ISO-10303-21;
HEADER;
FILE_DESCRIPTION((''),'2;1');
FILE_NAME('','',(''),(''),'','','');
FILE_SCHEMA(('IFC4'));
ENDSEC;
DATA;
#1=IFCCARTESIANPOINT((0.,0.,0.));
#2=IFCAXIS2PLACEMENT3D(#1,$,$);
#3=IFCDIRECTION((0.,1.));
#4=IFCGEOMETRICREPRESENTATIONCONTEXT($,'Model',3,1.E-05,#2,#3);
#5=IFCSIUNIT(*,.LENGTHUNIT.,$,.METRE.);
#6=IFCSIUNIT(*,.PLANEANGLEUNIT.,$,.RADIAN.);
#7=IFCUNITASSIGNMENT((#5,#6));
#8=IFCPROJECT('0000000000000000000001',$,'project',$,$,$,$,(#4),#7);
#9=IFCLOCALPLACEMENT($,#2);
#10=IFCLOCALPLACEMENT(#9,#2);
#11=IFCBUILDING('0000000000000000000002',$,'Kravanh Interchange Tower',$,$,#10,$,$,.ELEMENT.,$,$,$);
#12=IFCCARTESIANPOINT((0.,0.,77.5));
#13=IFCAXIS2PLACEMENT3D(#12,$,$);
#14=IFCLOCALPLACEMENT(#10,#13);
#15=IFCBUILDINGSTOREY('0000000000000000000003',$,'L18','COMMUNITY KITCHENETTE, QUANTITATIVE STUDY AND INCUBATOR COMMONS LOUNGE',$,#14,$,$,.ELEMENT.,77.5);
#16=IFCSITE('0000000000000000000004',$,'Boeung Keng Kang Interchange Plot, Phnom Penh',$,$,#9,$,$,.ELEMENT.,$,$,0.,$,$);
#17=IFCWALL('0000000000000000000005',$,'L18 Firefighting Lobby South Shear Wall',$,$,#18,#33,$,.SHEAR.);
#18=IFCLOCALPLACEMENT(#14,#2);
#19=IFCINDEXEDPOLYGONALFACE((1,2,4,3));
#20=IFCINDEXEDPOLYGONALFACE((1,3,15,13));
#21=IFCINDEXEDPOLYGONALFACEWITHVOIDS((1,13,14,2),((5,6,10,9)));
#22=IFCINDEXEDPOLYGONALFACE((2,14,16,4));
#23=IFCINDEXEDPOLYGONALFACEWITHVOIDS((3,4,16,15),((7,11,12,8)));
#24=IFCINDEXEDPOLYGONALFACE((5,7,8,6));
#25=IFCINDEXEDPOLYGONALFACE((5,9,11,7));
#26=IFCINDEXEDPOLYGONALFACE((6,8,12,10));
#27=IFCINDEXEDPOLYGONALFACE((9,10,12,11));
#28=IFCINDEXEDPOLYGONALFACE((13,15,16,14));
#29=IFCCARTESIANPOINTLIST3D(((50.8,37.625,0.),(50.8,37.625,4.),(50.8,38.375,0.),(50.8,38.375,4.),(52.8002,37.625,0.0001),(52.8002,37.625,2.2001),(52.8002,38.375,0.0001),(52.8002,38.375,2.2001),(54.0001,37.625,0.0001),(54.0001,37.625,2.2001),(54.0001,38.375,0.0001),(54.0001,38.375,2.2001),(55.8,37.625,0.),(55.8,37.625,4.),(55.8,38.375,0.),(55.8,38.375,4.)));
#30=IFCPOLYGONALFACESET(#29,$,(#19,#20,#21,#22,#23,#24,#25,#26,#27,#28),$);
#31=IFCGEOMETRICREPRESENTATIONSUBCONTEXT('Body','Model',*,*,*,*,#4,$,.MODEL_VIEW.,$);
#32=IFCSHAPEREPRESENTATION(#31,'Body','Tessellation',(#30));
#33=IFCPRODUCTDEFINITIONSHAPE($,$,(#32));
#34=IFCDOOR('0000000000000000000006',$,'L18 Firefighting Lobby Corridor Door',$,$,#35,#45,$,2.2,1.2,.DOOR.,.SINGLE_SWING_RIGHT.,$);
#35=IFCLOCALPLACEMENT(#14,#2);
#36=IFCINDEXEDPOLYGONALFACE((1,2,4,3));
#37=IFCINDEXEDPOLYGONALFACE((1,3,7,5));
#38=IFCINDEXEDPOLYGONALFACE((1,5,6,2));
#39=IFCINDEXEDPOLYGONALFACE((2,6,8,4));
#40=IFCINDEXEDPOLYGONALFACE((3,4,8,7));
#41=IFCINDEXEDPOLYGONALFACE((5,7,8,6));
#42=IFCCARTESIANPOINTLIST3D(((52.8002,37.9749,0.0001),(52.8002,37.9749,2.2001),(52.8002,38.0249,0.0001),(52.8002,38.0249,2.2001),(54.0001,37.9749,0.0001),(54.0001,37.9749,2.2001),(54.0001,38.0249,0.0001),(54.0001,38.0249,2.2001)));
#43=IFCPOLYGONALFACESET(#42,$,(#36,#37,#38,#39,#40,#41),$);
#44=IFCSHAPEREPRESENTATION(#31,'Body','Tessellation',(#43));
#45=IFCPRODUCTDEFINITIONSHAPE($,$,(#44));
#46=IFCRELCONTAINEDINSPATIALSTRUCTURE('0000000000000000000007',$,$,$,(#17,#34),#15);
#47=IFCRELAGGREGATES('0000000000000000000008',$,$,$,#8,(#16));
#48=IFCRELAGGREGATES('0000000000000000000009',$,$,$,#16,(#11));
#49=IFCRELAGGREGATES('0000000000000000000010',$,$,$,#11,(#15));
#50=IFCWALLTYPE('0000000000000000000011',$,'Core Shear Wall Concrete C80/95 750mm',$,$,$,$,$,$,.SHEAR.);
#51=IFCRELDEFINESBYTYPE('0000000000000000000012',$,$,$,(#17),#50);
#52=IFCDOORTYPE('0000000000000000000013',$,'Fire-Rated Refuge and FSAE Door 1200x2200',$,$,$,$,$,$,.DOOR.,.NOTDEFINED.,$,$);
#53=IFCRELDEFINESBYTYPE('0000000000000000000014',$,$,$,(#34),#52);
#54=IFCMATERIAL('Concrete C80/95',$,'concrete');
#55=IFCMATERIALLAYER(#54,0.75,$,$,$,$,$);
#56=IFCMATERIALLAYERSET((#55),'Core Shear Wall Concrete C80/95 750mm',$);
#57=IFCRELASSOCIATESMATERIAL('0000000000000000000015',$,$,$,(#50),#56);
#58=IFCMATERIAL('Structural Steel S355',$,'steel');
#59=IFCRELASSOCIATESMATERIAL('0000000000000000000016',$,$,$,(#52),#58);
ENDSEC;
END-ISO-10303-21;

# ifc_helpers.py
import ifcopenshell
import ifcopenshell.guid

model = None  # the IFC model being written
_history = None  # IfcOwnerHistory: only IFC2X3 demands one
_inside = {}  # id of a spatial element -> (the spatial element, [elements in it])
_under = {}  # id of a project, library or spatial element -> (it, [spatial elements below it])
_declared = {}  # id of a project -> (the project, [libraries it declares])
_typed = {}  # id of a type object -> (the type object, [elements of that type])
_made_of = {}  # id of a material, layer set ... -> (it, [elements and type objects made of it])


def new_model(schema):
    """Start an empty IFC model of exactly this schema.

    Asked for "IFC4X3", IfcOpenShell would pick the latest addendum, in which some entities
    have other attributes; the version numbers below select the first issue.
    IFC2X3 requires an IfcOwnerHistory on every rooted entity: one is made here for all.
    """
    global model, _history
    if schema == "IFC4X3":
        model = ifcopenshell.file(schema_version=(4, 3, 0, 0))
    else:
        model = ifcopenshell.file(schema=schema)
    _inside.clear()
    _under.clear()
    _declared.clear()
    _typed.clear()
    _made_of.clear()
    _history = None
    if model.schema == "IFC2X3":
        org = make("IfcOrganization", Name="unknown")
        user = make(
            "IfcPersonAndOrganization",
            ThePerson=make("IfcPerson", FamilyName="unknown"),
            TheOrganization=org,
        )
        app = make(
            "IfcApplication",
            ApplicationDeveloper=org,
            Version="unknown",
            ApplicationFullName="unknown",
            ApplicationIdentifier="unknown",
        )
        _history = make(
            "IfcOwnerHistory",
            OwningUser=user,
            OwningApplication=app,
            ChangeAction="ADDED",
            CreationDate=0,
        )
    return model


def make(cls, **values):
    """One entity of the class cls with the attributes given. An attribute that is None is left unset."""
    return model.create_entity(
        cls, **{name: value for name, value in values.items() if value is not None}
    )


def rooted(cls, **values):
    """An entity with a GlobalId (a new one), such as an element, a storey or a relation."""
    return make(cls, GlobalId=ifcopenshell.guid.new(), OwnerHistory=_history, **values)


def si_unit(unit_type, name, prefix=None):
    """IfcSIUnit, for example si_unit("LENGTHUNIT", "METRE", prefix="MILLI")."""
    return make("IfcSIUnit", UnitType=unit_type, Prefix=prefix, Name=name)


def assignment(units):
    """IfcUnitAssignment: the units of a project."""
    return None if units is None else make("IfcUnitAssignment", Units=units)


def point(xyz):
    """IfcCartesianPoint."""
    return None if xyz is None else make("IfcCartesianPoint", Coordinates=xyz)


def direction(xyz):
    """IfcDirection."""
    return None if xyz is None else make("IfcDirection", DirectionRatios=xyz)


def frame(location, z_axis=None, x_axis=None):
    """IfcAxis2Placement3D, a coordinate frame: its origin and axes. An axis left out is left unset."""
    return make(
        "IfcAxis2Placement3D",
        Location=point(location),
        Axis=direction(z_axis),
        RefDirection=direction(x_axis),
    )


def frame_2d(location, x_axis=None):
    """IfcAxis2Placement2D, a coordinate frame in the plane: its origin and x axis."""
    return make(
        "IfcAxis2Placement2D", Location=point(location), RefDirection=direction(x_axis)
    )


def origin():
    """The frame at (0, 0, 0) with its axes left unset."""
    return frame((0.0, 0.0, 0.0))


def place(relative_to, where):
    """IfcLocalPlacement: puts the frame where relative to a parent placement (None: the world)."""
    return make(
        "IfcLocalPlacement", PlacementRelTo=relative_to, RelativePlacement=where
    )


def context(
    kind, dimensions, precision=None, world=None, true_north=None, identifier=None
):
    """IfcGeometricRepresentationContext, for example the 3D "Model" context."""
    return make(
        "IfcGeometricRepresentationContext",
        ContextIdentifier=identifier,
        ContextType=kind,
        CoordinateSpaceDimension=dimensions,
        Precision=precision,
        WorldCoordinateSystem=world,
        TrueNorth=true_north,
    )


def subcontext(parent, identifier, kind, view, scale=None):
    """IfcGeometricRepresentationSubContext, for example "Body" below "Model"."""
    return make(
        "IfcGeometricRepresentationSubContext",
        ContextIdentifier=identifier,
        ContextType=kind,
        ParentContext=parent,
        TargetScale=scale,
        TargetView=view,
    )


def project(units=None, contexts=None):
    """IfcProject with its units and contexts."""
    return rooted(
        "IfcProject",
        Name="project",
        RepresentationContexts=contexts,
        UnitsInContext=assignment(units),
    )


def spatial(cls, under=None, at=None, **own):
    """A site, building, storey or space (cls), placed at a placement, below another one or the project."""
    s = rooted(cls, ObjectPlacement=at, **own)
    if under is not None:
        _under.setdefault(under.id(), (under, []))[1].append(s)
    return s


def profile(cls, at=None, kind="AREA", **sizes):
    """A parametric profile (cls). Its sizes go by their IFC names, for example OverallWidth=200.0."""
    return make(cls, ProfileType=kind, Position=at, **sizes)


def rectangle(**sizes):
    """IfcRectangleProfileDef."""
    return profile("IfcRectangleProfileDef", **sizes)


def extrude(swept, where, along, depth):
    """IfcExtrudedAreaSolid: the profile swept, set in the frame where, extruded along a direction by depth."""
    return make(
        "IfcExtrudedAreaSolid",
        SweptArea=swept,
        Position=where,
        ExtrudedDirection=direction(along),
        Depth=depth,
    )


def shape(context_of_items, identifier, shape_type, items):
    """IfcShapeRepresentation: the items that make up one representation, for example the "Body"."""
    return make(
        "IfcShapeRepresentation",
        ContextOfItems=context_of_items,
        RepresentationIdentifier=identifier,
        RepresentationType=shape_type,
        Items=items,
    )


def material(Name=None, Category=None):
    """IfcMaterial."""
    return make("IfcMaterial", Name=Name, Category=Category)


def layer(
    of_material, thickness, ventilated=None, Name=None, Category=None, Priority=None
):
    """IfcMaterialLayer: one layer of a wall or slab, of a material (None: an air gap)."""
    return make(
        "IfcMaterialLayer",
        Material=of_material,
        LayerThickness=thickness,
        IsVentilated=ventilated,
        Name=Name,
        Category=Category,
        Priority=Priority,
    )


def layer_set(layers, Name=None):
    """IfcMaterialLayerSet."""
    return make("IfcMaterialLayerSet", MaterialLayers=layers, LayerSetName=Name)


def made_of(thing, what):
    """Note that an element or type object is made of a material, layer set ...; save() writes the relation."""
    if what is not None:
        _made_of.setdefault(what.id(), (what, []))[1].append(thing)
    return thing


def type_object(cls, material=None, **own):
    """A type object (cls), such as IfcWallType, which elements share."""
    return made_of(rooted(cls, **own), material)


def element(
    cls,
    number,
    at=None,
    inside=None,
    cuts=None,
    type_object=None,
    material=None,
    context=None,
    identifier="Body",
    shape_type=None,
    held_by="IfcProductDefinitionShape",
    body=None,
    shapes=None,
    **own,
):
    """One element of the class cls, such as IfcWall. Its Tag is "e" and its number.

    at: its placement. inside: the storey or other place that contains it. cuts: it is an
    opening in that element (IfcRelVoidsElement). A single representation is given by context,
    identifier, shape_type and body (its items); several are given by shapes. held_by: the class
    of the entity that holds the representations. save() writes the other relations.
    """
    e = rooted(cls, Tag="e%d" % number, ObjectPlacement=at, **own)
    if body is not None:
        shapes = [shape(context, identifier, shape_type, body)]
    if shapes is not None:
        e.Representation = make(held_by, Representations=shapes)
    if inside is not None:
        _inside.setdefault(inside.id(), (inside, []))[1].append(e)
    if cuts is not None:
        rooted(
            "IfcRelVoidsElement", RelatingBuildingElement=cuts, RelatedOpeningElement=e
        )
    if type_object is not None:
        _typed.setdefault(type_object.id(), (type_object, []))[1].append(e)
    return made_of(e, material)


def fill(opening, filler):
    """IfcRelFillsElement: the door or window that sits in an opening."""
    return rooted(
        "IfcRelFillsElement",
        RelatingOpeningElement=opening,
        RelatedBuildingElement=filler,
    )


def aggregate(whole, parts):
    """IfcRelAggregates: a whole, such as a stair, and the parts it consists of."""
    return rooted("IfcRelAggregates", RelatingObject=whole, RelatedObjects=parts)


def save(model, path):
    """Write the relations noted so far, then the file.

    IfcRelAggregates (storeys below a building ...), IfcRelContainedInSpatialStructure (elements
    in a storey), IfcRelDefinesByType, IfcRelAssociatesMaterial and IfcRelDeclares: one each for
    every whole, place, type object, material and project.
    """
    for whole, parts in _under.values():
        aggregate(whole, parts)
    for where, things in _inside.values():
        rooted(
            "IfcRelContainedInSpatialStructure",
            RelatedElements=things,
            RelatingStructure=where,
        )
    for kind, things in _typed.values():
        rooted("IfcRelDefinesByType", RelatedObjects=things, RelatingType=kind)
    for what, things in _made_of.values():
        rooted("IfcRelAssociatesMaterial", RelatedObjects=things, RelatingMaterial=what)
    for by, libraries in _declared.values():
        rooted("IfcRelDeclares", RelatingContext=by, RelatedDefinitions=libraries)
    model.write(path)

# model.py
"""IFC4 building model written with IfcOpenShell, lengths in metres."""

from ifc_helpers import new_model, si_unit, direction, frame, frame_2d, origin, place, context, subcontext, project, spatial, rectangle, extrude, material, layer, layer_set, type_object, element, fill, save


model = new_model("IFC4")

# Units and contexts
model_context = context("Model", 3, precision=1e-05, world=origin(), true_north=direction((0.0, 1.0)))
body_context = subcontext(model_context, "Body", "Model", "MODEL_VIEW")
ifc_project = project(units=[si_unit("LENGTHUNIT", "METRE"), si_unit("PLANEANGLEUNIT", "RADIAN")], contexts=[model_context])

# Site, building, storey
site_placement = place(None, origin())
site = spatial("IfcSite", under=ifc_project, at=site_placement, Name="Boeung Keng Kang Interchange Plot, Phnom Penh", CompositionType="ELEMENT", RefElevation=0.0)
building_placement = place(site_placement, origin())
building = spatial("IfcBuilding", under=site, at=building_placement, Name="Kravanh Interchange Tower", CompositionType="ELEMENT")
storey_placement = place(building_placement, frame((0.0, 0.0, 77.5)))
storey = spatial("IfcBuildingStorey", under=building, at=storey_placement, Name="L18", Description="COMMUNITY KITCHENETTE, QUANTITATIVE STUDY AND INCUBATOR COMMONS LOUNGE", CompositionType="ELEMENT", Elevation=77.5)

# Wall, opening, door
ifc_material_1 = material(Name="Concrete C80/95", Category="concrete")
ifc_layer_1 = layer(ifc_material_1, 0.75)
ifc_layer_set_1 = layer_set([ifc_layer_1], Name="Core Shear Wall Concrete C80/95 750mm")
wall_type_1 = type_object("IfcWallType", Name="Core Shear Wall Concrete C80/95 750mm", PredefinedType="SHEAR", material=ifc_layer_set_1)
wall_1_placement = place(storey_placement, frame((50.8, 38.0, 0.0), z_axis=(0.0, 0.0, 1.0), x_axis=(1.0, 0.0, 0.0)))
wall_1 = element("IfcWall", 1, at=wall_1_placement, inside=storey, type_object=wall_type_1, Name="L18 Firefighting Lobby South Shear Wall", PredefinedType="SHEAR", context=body_context, shape_type="SweptSolid", body=[
    extrude(rectangle(XDim=5.0, YDim=0.75, at=frame_2d((2.5, 0.0))), origin(), (0.0, 0.0, 1.0), 4.0),
])
opening_1_placement = place(wall_1_placement, frame((2.0, 0.0, 0.0)))
opening_1 = element("IfcOpeningElement", 2, at=opening_1_placement, cuts=wall_1, PredefinedType="OPENING", context=body_context, shape_type="SweptSolid", body=[
    extrude(rectangle(XDim=1.2, YDim=2.2, at=frame_2d((0.6001, 1.1001))), frame((0.0, 0.385, 0.0), z_axis=(0.0, -1.0, 0.0), x_axis=(1.0, 0.0, 0.0)), (0.0, 0.0, 1.0), 0.77),
])
ifc_material_2 = material(Name="Structural Steel S355", Category="steel")
door_type_1 = type_object("IfcDoorType", Name="Fire-Rated Refuge and FSAE Door 1200x2200", OperationType="NOTDEFINED", PredefinedType="DOOR", material=ifc_material_2)
door_1_placement = place(opening_1_placement, origin())
door_1 = element("IfcDoor", 3, at=door_1_placement, inside=storey, type_object=door_type_1, Name="L18 Firefighting Lobby Corridor Door", OperationType="SINGLE_SWING_RIGHT", OverallHeight=2.2, OverallWidth=1.2, PredefinedType="DOOR", context=body_context, shape_type="SweptSolid", body=[
    extrude(rectangle(XDim=1.2, YDim=2.2, at=frame_2d((0.6001, 1.1001))), frame((0.0, 0.0249, 0.0), z_axis=(0.0, -1.0, 0.0), x_axis=(1.0, 0.0, 0.0)), (0.0, 0.0, 1.0), 0.05),
])
fill(opening_1, door_1)

save(model, "model.ifc")
